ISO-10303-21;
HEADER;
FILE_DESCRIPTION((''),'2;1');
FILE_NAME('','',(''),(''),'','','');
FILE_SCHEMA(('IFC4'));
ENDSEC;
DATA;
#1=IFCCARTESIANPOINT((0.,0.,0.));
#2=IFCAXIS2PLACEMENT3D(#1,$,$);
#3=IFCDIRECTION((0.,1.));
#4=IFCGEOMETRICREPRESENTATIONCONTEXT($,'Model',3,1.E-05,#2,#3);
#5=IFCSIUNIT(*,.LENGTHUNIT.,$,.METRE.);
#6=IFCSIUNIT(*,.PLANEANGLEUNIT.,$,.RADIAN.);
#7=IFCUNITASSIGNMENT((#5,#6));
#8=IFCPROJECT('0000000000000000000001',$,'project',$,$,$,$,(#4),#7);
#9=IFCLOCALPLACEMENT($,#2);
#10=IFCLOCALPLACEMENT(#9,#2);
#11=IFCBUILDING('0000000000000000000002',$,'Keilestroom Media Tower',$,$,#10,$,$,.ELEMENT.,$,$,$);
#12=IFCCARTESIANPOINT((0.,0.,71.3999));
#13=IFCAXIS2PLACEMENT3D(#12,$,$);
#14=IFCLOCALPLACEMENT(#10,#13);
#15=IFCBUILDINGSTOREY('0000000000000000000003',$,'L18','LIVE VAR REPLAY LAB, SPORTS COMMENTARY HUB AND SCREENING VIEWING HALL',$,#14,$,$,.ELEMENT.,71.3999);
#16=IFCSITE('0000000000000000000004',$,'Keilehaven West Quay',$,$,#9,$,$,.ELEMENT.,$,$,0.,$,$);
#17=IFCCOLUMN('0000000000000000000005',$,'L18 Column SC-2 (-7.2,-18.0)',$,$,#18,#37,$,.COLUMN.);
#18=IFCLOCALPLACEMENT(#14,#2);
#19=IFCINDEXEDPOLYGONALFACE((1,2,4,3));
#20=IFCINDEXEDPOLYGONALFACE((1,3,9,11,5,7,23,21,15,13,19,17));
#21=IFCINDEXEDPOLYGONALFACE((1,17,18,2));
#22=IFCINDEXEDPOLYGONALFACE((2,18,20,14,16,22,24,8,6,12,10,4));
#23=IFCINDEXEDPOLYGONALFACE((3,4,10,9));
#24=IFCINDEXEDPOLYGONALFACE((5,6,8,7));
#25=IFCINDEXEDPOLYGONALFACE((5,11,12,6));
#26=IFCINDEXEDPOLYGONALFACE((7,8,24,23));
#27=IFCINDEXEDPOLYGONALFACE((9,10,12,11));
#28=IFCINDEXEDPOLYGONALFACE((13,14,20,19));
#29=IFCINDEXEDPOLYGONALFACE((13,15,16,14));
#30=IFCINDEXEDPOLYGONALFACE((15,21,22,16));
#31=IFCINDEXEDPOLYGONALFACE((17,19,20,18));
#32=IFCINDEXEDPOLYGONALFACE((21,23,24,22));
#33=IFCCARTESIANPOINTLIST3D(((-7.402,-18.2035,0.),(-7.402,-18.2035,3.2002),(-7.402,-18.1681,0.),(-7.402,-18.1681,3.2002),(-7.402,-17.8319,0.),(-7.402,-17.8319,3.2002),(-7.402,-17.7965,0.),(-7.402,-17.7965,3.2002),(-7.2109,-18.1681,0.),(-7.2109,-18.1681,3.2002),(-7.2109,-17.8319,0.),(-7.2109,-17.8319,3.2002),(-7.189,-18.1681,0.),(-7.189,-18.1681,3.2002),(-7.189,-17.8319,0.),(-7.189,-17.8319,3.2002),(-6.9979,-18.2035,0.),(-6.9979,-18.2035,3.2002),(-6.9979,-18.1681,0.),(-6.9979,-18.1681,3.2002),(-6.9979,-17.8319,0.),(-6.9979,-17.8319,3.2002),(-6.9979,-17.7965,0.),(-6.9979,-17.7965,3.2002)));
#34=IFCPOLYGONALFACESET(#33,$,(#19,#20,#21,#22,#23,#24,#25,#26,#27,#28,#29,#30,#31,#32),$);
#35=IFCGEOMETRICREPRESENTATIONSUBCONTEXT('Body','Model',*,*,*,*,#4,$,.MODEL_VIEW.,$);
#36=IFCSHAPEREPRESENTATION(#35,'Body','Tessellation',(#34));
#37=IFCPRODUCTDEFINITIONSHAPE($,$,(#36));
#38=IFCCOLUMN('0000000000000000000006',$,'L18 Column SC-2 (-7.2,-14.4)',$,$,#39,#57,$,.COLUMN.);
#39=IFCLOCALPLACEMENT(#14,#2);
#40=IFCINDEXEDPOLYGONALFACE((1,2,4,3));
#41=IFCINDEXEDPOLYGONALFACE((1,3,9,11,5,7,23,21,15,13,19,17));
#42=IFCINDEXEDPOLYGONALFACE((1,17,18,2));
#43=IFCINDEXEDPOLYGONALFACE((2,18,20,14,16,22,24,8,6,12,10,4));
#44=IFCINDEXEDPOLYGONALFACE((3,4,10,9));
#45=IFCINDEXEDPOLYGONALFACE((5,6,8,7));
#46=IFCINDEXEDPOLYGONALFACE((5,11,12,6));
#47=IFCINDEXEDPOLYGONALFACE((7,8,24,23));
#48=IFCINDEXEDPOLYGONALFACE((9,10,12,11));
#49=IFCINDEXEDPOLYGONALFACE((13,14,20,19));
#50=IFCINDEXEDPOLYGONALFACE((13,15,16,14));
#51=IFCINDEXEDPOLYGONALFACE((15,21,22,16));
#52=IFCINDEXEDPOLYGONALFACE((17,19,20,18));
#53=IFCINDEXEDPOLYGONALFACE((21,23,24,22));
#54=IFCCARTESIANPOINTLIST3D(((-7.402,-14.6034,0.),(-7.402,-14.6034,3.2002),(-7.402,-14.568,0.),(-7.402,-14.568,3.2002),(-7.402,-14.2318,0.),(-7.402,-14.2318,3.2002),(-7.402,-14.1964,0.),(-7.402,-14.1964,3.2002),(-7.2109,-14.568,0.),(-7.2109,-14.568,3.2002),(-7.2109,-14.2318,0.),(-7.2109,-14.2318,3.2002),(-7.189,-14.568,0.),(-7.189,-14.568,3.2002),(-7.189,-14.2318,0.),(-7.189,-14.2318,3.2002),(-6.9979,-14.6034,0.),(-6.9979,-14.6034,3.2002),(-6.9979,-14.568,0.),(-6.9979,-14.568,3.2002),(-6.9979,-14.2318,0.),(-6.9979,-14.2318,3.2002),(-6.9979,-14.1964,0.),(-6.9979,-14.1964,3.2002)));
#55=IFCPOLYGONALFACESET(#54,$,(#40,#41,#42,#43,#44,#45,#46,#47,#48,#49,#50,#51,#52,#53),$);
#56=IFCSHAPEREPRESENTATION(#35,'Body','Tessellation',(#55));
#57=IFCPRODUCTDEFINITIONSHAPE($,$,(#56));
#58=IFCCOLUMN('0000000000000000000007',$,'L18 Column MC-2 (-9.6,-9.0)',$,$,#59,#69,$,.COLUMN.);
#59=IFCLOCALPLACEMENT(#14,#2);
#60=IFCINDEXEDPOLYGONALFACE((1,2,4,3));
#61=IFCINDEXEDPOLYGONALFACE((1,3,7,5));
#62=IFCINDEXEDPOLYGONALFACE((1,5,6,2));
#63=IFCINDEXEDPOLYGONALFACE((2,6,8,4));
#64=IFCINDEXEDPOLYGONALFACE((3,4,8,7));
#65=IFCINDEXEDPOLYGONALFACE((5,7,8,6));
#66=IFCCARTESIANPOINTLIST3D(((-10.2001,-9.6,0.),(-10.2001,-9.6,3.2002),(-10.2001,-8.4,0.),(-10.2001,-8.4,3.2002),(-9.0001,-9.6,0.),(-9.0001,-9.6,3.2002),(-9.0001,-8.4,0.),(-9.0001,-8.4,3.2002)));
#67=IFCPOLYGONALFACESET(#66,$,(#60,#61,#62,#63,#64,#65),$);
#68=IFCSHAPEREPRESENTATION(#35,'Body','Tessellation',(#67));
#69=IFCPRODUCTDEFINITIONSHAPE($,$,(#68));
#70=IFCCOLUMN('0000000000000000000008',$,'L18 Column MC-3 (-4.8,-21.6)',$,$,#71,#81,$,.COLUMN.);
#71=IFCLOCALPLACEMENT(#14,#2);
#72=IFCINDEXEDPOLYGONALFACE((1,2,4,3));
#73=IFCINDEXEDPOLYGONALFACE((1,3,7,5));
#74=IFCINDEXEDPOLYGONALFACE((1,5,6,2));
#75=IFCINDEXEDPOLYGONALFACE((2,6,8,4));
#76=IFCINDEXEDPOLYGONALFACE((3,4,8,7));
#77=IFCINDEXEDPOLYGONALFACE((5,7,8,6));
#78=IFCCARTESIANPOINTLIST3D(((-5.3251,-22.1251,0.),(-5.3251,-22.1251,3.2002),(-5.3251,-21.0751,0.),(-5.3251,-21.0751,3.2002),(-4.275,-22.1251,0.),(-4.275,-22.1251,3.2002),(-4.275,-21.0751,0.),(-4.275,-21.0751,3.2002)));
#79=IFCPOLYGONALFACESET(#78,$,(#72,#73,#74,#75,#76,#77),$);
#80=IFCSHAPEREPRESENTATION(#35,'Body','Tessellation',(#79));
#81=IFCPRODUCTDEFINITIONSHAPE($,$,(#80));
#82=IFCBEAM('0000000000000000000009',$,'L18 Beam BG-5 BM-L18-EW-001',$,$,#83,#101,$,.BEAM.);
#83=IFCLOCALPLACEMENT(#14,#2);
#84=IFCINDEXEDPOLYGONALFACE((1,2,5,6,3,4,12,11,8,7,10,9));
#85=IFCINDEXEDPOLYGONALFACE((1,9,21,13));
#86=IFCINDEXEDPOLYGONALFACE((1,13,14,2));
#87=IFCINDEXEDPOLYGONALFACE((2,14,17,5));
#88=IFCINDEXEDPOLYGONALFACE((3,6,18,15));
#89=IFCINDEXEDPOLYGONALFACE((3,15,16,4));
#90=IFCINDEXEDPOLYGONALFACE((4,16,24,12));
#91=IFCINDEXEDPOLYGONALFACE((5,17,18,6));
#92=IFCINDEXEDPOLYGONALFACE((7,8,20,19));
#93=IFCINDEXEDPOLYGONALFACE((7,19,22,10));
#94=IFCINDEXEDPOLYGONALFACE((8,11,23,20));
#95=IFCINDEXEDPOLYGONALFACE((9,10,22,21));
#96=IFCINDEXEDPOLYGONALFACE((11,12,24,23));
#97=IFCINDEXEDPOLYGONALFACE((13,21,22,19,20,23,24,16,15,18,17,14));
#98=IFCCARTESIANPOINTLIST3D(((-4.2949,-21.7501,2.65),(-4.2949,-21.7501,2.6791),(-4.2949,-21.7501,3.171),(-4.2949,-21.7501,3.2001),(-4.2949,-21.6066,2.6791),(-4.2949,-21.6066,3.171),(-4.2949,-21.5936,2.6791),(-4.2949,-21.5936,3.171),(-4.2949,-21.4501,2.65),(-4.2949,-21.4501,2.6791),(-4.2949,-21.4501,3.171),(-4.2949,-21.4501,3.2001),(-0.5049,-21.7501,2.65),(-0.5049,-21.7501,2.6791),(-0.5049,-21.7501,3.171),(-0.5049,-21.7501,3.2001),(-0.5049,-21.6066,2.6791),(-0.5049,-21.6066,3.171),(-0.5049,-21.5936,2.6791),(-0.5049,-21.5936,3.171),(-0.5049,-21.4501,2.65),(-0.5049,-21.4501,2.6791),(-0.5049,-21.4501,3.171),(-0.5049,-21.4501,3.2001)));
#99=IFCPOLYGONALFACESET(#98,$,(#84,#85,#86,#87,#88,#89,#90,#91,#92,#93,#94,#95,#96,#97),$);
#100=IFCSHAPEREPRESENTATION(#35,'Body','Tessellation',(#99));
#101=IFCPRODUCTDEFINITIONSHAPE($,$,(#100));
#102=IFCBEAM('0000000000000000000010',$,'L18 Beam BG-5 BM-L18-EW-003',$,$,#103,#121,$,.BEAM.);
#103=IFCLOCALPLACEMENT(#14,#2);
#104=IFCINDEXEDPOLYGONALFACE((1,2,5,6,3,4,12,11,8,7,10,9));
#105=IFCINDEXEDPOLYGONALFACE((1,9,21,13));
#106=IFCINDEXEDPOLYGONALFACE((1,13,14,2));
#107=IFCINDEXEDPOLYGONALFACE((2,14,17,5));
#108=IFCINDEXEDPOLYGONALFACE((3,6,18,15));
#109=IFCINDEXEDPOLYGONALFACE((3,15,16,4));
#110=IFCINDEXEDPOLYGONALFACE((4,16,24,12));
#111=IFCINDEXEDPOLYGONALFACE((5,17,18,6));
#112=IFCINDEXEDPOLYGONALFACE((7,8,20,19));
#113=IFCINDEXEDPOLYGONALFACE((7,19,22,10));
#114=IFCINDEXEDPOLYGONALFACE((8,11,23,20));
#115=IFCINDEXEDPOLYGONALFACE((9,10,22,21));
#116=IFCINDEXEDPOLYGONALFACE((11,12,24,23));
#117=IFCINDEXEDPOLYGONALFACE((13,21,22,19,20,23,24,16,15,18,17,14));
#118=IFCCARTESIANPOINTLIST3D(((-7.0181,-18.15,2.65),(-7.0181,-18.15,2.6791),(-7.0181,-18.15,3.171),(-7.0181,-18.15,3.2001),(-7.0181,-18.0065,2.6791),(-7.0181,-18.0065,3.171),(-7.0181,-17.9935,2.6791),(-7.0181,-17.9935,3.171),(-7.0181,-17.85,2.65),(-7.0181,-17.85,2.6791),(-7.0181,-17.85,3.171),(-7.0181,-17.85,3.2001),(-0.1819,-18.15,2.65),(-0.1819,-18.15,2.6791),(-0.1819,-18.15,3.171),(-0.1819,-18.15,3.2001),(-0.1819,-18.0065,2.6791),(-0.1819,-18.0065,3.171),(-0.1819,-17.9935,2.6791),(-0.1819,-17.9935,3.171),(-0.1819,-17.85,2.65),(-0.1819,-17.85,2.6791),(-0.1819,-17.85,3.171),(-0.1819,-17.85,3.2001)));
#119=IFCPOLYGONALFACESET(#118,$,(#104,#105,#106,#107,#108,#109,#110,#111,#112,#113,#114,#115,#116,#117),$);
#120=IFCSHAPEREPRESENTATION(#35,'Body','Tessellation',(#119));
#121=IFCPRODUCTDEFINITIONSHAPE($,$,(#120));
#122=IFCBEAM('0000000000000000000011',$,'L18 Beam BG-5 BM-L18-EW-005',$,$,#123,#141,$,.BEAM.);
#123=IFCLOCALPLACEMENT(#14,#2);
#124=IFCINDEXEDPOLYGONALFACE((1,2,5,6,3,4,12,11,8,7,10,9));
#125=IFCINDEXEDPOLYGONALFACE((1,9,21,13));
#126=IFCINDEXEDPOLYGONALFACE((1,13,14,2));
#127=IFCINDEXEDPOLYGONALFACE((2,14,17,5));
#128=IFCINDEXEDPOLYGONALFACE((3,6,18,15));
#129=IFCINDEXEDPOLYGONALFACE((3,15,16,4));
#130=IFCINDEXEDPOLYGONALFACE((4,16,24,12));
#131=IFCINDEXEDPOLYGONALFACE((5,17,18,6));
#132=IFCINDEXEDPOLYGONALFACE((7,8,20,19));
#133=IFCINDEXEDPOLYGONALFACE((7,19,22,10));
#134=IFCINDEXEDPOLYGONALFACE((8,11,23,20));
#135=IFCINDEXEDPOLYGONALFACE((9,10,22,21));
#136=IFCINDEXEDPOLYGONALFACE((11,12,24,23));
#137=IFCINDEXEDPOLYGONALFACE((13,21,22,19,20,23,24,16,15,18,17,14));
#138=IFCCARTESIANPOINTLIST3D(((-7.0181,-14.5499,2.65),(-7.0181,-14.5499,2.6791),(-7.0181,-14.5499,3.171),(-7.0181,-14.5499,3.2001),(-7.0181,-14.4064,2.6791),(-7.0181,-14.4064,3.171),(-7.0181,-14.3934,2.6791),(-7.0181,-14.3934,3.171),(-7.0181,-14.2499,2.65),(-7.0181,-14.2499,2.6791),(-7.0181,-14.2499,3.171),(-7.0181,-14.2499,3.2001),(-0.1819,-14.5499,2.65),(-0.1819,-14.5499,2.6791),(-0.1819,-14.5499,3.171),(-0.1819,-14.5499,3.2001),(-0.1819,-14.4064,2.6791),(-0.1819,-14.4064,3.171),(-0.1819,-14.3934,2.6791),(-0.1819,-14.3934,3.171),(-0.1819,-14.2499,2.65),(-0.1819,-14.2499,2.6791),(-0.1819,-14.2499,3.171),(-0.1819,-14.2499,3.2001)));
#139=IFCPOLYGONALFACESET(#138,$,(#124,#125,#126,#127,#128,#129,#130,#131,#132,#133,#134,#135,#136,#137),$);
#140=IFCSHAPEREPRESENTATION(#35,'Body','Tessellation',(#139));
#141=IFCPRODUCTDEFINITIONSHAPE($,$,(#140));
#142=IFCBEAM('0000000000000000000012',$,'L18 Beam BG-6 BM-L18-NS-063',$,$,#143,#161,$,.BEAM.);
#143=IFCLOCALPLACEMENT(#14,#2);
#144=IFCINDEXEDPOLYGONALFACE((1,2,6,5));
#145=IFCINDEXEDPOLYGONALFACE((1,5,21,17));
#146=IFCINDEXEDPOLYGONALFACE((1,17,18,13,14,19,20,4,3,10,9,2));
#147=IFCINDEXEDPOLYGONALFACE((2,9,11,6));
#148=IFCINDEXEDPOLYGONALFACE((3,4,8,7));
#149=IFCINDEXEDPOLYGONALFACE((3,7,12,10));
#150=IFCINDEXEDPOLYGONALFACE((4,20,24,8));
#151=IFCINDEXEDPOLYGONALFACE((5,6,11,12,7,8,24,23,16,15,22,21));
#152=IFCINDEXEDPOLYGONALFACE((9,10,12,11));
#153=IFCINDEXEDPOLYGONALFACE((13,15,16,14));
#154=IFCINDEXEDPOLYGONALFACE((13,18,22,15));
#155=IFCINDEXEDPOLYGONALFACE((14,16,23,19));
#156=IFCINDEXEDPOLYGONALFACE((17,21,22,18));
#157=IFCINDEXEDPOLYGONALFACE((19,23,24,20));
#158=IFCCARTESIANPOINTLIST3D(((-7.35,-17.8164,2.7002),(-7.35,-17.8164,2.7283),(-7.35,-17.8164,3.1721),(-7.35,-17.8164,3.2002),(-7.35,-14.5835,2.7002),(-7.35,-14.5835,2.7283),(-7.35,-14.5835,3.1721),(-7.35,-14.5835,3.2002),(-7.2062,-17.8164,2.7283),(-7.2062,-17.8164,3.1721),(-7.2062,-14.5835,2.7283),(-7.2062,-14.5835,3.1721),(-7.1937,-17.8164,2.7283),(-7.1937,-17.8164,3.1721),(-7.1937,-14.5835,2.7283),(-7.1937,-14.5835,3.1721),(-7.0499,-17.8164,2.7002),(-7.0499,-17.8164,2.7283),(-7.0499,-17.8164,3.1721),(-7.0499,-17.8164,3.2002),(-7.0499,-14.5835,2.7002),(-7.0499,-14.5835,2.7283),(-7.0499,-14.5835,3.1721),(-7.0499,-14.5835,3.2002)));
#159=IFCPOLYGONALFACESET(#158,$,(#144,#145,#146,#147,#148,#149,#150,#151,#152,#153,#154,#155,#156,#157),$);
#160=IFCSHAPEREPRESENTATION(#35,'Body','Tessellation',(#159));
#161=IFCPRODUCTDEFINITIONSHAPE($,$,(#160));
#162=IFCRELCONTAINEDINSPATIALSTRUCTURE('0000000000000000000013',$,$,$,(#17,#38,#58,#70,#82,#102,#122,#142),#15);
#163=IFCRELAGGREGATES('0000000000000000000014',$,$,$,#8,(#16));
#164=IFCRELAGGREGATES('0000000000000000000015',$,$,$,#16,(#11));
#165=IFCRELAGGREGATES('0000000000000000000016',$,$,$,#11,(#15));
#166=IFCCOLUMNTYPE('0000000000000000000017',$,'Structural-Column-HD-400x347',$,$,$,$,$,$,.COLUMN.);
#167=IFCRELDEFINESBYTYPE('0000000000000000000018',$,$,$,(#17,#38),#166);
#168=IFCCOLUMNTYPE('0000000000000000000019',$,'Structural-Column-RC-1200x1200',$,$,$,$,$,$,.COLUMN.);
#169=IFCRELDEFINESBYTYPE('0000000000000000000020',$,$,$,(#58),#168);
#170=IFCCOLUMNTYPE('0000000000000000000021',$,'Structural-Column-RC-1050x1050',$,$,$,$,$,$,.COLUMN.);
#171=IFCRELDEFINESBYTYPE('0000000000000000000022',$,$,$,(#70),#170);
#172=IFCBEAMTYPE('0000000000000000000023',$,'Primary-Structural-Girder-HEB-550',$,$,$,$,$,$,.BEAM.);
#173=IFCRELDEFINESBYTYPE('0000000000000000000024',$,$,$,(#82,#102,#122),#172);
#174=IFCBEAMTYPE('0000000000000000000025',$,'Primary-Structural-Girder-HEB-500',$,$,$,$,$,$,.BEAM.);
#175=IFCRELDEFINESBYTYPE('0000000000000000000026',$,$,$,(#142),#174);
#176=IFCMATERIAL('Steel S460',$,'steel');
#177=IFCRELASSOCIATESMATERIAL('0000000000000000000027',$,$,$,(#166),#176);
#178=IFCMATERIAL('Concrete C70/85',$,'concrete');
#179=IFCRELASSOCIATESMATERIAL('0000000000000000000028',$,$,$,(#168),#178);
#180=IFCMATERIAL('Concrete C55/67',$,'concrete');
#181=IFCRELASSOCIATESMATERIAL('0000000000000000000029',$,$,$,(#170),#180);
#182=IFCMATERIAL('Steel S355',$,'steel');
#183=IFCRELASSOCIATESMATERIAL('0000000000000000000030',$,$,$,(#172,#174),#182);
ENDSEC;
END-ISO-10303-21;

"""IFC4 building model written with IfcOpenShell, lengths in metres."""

from ifc_helpers import new_model, si_unit, direction, frame, origin, origin_2d, place, context, subcontext, project, spatial, rectangle, i_section, extrude, source, transform, mapped, material, material_profile, profile_set, type_object, element, save


model = new_model("IFC4")

# Units and contexts
model_context = context("Model", 3, precision=1e-05, world=origin(), true_north=direction((0.0, 1.0)))
body_context = subcontext(model_context, "Body", "Model", "MODEL_VIEW")
ifc_project = project(units=[si_unit("LENGTHUNIT", "METRE"), si_unit("PLANEANGLEUNIT", "RADIAN")], contexts=[model_context])

# Site, building, storey
site_placement = place(None, origin())
site = spatial("IfcSite", under=ifc_project, at=site_placement, Name="Keilehaven West Quay", CompositionType="ELEMENT", RefElevation=0.0)
building_placement = place(site_placement, origin())
building = spatial("IfcBuilding", under=site, at=building_placement, Name="Keilestroom Media Tower", CompositionType="ELEMENT")
storey_placement = place(building_placement, frame((0.0, 0.0, 71.3999)))
storey = spatial("IfcBuildingStorey", under=building, at=storey_placement, Name="L18", Description="LIVE VAR REPLAY LAB, SPORTS COMMENTARY HUB AND SCREENING VIEWING HALL", CompositionType="ELEMENT", Elevation=71.3999)

# Columns
ifc_material_1 = material(Name="Steel S460", Category="steel")
ifc_material_profile_1 = material_profile(ifc_material_1, i_section(OverallWidth=0.4041, OverallDepth=0.407, WebThickness=0.022, FlangeThickness=0.0354, at=origin_2d()), Name="HD 400x347")
ifc_profile_set_1 = profile_set([ifc_material_profile_1], Name="Steel S460")
column_type_1 = type_object("IfcColumnType", Name="Structural-Column-HD-400x347", PredefinedType="COLUMN", material=ifc_profile_set_1)
shared_shape_1 = source(origin(), body_context, "Body", "SweptSolid", [
    extrude(i_section(OverallWidth=0.4041, OverallDepth=0.407, WebThickness=0.022, FlangeThickness=0.0354, at=origin_2d()), origin(), (0.0, 0.0, 1.0), 3.2002),
])
for number, where, z_axis, x_axis, name in (
    (1, (-7.2, -18.0, 0.0), (0.0, 0.0, 1.0), (1.0, 0.0, 0.0), "L18 Column SC-2 (-7.2,-18.0)"),
    (2, (-7.2, -14.3999, 0.0), (0.0, 0.0, 1.0), (1.0, 0.0, 0.0), "L18 Column SC-2 (-7.2,-14.4)"),
):
    element("IfcColumn", number, at=place(storey_placement, frame(where, z_axis=z_axis, x_axis=x_axis)), inside=storey, type_object=column_type_1, Name=name, PredefinedType="COLUMN", context=body_context, shape_type="MappedRepresentation", body=[
        mapped(shared_shape_1, transform((0.0, 0.0, 0.0), x_axis=(1.0, 0.0, 0.0), y_axis=(0.0, 1.0, 0.0), z_axis=(0.0, 0.0, 1.0), scale=1.0)),
    ])
ifc_material_2 = material(Name="Concrete C70/85", Category="concrete")
ifc_material_profile_2 = material_profile(ifc_material_2, rectangle(XDim=1.2, YDim=1.2, at=origin_2d()), Name="RC 1200x1200")
ifc_profile_set_2 = profile_set([ifc_material_profile_2], Name="Concrete C70/85")
column_type_2 = type_object("IfcColumnType", Name="Structural-Column-RC-1200x1200", PredefinedType="COLUMN", material=ifc_profile_set_2)
shared_shape_2 = source(origin(), body_context, "Body", "SweptSolid", [
    extrude(rectangle(XDim=1.2, YDim=1.2, at=origin_2d()), origin(), (0.0, 0.0, 1.0), 3.2002),
])
column_1_placement = place(storey_placement, frame((-9.6001, -9.0, 0.0), z_axis=(0.0, 0.0, 1.0), x_axis=(1.0, 0.0, 0.0)))
element("IfcColumn", 3, at=column_1_placement, inside=storey, type_object=column_type_2, Name="L18 Column MC-2 (-9.6,-9.0)", PredefinedType="COLUMN", context=body_context, shape_type="MappedRepresentation", body=[
    mapped(shared_shape_2, transform((0.0, 0.0, 0.0), x_axis=(1.0, 0.0, 0.0), y_axis=(0.0, 1.0, 0.0), z_axis=(0.0, 0.0, 1.0), scale=1.0)),
])
ifc_material_3 = material(Name="Concrete C55/67", Category="concrete")
ifc_material_profile_3 = material_profile(ifc_material_3, rectangle(XDim=1.05, YDim=1.05, at=origin_2d()), Name="RC 1050x1050")
ifc_profile_set_3 = profile_set([ifc_material_profile_3], Name="Concrete C55/67")
column_type_3 = type_object("IfcColumnType", Name="Structural-Column-RC-1050x1050", PredefinedType="COLUMN", material=ifc_profile_set_3)
shared_shape_3 = source(origin(), body_context, "Body", "SweptSolid", [
    extrude(rectangle(XDim=1.05, YDim=1.05, at=origin_2d()), origin(), (0.0, 0.0, 1.0), 3.2002),
])
column_2_placement = place(storey_placement, frame((-4.8, -21.6001, 0.0), z_axis=(0.0, 0.0, 1.0), x_axis=(1.0, 0.0, 0.0)))
element("IfcColumn", 4, at=column_2_placement, inside=storey, type_object=column_type_3, Name="L18 Column MC-3 (-4.8,-21.6)", PredefinedType="COLUMN", context=body_context, shape_type="MappedRepresentation", body=[
    mapped(shared_shape_3, transform((0.0, 0.0, 0.0), x_axis=(1.0, 0.0, 0.0), y_axis=(0.0, 1.0, 0.0), z_axis=(0.0, 0.0, 1.0), scale=1.0)),
])

# Beams
ifc_material_4 = material(Name="Steel S355", Category="steel")
ifc_material_profile_4 = material_profile(ifc_material_4, i_section(OverallWidth=0.3, OverallDepth=0.55, WebThickness=0.0129, FlangeThickness=0.0291, at=origin_2d()), Name="HEB 550")
ifc_profile_set_4 = profile_set([ifc_material_profile_4], Name="Steel S355")
beam_type_1 = type_object("IfcBeamType", Name="Primary-Structural-Girder-HEB-550", PredefinedType="BEAM", material=ifc_profile_set_4)
shared_shape_4 = source(origin(), body_context, "Body", "SweptSolid", [
    extrude(i_section(OverallWidth=0.3, OverallDepth=0.55, WebThickness=0.0129, FlangeThickness=0.0291, at=origin_2d()), origin(), (0.0, 0.0, 1.0), 3.79),
])
beam_1_placement = place(storey_placement, frame((-4.2949, -21.6001, 2.925), z_axis=(1.0, 0.0, 0.0), x_axis=(0.0, 1.0, 0.0)))
element("IfcBeam", 5, at=beam_1_placement, inside=storey, type_object=beam_type_1, Name="L18 Beam BG-5 BM-L18-EW-001", PredefinedType="BEAM", context=body_context, shape_type="MappedRepresentation", body=[
    mapped(shared_shape_4, transform((0.0, 0.0, 0.0), x_axis=(1.0, 0.0, 0.0), y_axis=(0.0, 1.0, 0.0), z_axis=(0.0, 0.0, 1.0), scale=1.0)),
])
shared_shape_5 = source(origin(), body_context, "Body", "SweptSolid", [
    extrude(i_section(OverallWidth=0.3, OverallDepth=0.55, WebThickness=0.0129, FlangeThickness=0.0291, at=origin_2d()), origin(), (0.0, 0.0, 1.0), 6.8362),
])
for number, where, z_axis, x_axis, name in (
    (6, (-7.0181, -18.0, 2.925), (1.0, 0.0, 0.0), (0.0, 1.0, 0.0), "L18 Beam BG-5 BM-L18-EW-003"),
    (7, (-7.0181, -14.3999, 2.925), (1.0, 0.0, 0.0), (0.0, 1.0, 0.0), "L18 Beam BG-5 BM-L18-EW-005"),
):
    element("IfcBeam", number, at=place(storey_placement, frame(where, z_axis=z_axis, x_axis=x_axis)), inside=storey, type_object=beam_type_1, Name=name, PredefinedType="BEAM", context=body_context, shape_type="MappedRepresentation", body=[
        mapped(shared_shape_5, transform((0.0, 0.0, 0.0), x_axis=(1.0, 0.0, 0.0), y_axis=(0.0, 1.0, 0.0), z_axis=(0.0, 0.0, 1.0), scale=1.0)),
    ])
ifc_material_profile_5 = material_profile(ifc_material_4, i_section(OverallWidth=0.3, OverallDepth=0.5, WebThickness=0.0125, FlangeThickness=0.0281, at=origin_2d()), Name="HEB 500")
ifc_profile_set_5 = profile_set([ifc_material_profile_5], Name="Steel S355")
beam_type_2 = type_object("IfcBeamType", Name="Primary-Structural-Girder-HEB-500", PredefinedType="BEAM", material=ifc_profile_set_5)
shared_shape_6 = source(origin(), body_context, "Body", "SweptSolid", [
    extrude(i_section(OverallWidth=0.3, OverallDepth=0.5, WebThickness=0.0125, FlangeThickness=0.0281, at=origin_2d()), origin(), (0.0, 0.0, 1.0), 3.2329),
])
beam_2_placement = place(storey_placement, frame((-7.2, -17.8164, 2.9502), z_axis=(0.0, 1.0, 0.0), x_axis=(-1.0, 0.0, 0.0)))
element("IfcBeam", 8, at=beam_2_placement, inside=storey, type_object=beam_type_2, Name="L18 Beam BG-6 BM-L18-NS-063", PredefinedType="BEAM", context=body_context, shape_type="MappedRepresentation", body=[
    mapped(shared_shape_6, transform((0.0, 0.0, 0.0), x_axis=(1.0, 0.0, 0.0), y_axis=(0.0, 1.0, 0.0), z_axis=(0.0, 0.0, 1.0), scale=1.0)),
])

save(model, "model.ifc")
